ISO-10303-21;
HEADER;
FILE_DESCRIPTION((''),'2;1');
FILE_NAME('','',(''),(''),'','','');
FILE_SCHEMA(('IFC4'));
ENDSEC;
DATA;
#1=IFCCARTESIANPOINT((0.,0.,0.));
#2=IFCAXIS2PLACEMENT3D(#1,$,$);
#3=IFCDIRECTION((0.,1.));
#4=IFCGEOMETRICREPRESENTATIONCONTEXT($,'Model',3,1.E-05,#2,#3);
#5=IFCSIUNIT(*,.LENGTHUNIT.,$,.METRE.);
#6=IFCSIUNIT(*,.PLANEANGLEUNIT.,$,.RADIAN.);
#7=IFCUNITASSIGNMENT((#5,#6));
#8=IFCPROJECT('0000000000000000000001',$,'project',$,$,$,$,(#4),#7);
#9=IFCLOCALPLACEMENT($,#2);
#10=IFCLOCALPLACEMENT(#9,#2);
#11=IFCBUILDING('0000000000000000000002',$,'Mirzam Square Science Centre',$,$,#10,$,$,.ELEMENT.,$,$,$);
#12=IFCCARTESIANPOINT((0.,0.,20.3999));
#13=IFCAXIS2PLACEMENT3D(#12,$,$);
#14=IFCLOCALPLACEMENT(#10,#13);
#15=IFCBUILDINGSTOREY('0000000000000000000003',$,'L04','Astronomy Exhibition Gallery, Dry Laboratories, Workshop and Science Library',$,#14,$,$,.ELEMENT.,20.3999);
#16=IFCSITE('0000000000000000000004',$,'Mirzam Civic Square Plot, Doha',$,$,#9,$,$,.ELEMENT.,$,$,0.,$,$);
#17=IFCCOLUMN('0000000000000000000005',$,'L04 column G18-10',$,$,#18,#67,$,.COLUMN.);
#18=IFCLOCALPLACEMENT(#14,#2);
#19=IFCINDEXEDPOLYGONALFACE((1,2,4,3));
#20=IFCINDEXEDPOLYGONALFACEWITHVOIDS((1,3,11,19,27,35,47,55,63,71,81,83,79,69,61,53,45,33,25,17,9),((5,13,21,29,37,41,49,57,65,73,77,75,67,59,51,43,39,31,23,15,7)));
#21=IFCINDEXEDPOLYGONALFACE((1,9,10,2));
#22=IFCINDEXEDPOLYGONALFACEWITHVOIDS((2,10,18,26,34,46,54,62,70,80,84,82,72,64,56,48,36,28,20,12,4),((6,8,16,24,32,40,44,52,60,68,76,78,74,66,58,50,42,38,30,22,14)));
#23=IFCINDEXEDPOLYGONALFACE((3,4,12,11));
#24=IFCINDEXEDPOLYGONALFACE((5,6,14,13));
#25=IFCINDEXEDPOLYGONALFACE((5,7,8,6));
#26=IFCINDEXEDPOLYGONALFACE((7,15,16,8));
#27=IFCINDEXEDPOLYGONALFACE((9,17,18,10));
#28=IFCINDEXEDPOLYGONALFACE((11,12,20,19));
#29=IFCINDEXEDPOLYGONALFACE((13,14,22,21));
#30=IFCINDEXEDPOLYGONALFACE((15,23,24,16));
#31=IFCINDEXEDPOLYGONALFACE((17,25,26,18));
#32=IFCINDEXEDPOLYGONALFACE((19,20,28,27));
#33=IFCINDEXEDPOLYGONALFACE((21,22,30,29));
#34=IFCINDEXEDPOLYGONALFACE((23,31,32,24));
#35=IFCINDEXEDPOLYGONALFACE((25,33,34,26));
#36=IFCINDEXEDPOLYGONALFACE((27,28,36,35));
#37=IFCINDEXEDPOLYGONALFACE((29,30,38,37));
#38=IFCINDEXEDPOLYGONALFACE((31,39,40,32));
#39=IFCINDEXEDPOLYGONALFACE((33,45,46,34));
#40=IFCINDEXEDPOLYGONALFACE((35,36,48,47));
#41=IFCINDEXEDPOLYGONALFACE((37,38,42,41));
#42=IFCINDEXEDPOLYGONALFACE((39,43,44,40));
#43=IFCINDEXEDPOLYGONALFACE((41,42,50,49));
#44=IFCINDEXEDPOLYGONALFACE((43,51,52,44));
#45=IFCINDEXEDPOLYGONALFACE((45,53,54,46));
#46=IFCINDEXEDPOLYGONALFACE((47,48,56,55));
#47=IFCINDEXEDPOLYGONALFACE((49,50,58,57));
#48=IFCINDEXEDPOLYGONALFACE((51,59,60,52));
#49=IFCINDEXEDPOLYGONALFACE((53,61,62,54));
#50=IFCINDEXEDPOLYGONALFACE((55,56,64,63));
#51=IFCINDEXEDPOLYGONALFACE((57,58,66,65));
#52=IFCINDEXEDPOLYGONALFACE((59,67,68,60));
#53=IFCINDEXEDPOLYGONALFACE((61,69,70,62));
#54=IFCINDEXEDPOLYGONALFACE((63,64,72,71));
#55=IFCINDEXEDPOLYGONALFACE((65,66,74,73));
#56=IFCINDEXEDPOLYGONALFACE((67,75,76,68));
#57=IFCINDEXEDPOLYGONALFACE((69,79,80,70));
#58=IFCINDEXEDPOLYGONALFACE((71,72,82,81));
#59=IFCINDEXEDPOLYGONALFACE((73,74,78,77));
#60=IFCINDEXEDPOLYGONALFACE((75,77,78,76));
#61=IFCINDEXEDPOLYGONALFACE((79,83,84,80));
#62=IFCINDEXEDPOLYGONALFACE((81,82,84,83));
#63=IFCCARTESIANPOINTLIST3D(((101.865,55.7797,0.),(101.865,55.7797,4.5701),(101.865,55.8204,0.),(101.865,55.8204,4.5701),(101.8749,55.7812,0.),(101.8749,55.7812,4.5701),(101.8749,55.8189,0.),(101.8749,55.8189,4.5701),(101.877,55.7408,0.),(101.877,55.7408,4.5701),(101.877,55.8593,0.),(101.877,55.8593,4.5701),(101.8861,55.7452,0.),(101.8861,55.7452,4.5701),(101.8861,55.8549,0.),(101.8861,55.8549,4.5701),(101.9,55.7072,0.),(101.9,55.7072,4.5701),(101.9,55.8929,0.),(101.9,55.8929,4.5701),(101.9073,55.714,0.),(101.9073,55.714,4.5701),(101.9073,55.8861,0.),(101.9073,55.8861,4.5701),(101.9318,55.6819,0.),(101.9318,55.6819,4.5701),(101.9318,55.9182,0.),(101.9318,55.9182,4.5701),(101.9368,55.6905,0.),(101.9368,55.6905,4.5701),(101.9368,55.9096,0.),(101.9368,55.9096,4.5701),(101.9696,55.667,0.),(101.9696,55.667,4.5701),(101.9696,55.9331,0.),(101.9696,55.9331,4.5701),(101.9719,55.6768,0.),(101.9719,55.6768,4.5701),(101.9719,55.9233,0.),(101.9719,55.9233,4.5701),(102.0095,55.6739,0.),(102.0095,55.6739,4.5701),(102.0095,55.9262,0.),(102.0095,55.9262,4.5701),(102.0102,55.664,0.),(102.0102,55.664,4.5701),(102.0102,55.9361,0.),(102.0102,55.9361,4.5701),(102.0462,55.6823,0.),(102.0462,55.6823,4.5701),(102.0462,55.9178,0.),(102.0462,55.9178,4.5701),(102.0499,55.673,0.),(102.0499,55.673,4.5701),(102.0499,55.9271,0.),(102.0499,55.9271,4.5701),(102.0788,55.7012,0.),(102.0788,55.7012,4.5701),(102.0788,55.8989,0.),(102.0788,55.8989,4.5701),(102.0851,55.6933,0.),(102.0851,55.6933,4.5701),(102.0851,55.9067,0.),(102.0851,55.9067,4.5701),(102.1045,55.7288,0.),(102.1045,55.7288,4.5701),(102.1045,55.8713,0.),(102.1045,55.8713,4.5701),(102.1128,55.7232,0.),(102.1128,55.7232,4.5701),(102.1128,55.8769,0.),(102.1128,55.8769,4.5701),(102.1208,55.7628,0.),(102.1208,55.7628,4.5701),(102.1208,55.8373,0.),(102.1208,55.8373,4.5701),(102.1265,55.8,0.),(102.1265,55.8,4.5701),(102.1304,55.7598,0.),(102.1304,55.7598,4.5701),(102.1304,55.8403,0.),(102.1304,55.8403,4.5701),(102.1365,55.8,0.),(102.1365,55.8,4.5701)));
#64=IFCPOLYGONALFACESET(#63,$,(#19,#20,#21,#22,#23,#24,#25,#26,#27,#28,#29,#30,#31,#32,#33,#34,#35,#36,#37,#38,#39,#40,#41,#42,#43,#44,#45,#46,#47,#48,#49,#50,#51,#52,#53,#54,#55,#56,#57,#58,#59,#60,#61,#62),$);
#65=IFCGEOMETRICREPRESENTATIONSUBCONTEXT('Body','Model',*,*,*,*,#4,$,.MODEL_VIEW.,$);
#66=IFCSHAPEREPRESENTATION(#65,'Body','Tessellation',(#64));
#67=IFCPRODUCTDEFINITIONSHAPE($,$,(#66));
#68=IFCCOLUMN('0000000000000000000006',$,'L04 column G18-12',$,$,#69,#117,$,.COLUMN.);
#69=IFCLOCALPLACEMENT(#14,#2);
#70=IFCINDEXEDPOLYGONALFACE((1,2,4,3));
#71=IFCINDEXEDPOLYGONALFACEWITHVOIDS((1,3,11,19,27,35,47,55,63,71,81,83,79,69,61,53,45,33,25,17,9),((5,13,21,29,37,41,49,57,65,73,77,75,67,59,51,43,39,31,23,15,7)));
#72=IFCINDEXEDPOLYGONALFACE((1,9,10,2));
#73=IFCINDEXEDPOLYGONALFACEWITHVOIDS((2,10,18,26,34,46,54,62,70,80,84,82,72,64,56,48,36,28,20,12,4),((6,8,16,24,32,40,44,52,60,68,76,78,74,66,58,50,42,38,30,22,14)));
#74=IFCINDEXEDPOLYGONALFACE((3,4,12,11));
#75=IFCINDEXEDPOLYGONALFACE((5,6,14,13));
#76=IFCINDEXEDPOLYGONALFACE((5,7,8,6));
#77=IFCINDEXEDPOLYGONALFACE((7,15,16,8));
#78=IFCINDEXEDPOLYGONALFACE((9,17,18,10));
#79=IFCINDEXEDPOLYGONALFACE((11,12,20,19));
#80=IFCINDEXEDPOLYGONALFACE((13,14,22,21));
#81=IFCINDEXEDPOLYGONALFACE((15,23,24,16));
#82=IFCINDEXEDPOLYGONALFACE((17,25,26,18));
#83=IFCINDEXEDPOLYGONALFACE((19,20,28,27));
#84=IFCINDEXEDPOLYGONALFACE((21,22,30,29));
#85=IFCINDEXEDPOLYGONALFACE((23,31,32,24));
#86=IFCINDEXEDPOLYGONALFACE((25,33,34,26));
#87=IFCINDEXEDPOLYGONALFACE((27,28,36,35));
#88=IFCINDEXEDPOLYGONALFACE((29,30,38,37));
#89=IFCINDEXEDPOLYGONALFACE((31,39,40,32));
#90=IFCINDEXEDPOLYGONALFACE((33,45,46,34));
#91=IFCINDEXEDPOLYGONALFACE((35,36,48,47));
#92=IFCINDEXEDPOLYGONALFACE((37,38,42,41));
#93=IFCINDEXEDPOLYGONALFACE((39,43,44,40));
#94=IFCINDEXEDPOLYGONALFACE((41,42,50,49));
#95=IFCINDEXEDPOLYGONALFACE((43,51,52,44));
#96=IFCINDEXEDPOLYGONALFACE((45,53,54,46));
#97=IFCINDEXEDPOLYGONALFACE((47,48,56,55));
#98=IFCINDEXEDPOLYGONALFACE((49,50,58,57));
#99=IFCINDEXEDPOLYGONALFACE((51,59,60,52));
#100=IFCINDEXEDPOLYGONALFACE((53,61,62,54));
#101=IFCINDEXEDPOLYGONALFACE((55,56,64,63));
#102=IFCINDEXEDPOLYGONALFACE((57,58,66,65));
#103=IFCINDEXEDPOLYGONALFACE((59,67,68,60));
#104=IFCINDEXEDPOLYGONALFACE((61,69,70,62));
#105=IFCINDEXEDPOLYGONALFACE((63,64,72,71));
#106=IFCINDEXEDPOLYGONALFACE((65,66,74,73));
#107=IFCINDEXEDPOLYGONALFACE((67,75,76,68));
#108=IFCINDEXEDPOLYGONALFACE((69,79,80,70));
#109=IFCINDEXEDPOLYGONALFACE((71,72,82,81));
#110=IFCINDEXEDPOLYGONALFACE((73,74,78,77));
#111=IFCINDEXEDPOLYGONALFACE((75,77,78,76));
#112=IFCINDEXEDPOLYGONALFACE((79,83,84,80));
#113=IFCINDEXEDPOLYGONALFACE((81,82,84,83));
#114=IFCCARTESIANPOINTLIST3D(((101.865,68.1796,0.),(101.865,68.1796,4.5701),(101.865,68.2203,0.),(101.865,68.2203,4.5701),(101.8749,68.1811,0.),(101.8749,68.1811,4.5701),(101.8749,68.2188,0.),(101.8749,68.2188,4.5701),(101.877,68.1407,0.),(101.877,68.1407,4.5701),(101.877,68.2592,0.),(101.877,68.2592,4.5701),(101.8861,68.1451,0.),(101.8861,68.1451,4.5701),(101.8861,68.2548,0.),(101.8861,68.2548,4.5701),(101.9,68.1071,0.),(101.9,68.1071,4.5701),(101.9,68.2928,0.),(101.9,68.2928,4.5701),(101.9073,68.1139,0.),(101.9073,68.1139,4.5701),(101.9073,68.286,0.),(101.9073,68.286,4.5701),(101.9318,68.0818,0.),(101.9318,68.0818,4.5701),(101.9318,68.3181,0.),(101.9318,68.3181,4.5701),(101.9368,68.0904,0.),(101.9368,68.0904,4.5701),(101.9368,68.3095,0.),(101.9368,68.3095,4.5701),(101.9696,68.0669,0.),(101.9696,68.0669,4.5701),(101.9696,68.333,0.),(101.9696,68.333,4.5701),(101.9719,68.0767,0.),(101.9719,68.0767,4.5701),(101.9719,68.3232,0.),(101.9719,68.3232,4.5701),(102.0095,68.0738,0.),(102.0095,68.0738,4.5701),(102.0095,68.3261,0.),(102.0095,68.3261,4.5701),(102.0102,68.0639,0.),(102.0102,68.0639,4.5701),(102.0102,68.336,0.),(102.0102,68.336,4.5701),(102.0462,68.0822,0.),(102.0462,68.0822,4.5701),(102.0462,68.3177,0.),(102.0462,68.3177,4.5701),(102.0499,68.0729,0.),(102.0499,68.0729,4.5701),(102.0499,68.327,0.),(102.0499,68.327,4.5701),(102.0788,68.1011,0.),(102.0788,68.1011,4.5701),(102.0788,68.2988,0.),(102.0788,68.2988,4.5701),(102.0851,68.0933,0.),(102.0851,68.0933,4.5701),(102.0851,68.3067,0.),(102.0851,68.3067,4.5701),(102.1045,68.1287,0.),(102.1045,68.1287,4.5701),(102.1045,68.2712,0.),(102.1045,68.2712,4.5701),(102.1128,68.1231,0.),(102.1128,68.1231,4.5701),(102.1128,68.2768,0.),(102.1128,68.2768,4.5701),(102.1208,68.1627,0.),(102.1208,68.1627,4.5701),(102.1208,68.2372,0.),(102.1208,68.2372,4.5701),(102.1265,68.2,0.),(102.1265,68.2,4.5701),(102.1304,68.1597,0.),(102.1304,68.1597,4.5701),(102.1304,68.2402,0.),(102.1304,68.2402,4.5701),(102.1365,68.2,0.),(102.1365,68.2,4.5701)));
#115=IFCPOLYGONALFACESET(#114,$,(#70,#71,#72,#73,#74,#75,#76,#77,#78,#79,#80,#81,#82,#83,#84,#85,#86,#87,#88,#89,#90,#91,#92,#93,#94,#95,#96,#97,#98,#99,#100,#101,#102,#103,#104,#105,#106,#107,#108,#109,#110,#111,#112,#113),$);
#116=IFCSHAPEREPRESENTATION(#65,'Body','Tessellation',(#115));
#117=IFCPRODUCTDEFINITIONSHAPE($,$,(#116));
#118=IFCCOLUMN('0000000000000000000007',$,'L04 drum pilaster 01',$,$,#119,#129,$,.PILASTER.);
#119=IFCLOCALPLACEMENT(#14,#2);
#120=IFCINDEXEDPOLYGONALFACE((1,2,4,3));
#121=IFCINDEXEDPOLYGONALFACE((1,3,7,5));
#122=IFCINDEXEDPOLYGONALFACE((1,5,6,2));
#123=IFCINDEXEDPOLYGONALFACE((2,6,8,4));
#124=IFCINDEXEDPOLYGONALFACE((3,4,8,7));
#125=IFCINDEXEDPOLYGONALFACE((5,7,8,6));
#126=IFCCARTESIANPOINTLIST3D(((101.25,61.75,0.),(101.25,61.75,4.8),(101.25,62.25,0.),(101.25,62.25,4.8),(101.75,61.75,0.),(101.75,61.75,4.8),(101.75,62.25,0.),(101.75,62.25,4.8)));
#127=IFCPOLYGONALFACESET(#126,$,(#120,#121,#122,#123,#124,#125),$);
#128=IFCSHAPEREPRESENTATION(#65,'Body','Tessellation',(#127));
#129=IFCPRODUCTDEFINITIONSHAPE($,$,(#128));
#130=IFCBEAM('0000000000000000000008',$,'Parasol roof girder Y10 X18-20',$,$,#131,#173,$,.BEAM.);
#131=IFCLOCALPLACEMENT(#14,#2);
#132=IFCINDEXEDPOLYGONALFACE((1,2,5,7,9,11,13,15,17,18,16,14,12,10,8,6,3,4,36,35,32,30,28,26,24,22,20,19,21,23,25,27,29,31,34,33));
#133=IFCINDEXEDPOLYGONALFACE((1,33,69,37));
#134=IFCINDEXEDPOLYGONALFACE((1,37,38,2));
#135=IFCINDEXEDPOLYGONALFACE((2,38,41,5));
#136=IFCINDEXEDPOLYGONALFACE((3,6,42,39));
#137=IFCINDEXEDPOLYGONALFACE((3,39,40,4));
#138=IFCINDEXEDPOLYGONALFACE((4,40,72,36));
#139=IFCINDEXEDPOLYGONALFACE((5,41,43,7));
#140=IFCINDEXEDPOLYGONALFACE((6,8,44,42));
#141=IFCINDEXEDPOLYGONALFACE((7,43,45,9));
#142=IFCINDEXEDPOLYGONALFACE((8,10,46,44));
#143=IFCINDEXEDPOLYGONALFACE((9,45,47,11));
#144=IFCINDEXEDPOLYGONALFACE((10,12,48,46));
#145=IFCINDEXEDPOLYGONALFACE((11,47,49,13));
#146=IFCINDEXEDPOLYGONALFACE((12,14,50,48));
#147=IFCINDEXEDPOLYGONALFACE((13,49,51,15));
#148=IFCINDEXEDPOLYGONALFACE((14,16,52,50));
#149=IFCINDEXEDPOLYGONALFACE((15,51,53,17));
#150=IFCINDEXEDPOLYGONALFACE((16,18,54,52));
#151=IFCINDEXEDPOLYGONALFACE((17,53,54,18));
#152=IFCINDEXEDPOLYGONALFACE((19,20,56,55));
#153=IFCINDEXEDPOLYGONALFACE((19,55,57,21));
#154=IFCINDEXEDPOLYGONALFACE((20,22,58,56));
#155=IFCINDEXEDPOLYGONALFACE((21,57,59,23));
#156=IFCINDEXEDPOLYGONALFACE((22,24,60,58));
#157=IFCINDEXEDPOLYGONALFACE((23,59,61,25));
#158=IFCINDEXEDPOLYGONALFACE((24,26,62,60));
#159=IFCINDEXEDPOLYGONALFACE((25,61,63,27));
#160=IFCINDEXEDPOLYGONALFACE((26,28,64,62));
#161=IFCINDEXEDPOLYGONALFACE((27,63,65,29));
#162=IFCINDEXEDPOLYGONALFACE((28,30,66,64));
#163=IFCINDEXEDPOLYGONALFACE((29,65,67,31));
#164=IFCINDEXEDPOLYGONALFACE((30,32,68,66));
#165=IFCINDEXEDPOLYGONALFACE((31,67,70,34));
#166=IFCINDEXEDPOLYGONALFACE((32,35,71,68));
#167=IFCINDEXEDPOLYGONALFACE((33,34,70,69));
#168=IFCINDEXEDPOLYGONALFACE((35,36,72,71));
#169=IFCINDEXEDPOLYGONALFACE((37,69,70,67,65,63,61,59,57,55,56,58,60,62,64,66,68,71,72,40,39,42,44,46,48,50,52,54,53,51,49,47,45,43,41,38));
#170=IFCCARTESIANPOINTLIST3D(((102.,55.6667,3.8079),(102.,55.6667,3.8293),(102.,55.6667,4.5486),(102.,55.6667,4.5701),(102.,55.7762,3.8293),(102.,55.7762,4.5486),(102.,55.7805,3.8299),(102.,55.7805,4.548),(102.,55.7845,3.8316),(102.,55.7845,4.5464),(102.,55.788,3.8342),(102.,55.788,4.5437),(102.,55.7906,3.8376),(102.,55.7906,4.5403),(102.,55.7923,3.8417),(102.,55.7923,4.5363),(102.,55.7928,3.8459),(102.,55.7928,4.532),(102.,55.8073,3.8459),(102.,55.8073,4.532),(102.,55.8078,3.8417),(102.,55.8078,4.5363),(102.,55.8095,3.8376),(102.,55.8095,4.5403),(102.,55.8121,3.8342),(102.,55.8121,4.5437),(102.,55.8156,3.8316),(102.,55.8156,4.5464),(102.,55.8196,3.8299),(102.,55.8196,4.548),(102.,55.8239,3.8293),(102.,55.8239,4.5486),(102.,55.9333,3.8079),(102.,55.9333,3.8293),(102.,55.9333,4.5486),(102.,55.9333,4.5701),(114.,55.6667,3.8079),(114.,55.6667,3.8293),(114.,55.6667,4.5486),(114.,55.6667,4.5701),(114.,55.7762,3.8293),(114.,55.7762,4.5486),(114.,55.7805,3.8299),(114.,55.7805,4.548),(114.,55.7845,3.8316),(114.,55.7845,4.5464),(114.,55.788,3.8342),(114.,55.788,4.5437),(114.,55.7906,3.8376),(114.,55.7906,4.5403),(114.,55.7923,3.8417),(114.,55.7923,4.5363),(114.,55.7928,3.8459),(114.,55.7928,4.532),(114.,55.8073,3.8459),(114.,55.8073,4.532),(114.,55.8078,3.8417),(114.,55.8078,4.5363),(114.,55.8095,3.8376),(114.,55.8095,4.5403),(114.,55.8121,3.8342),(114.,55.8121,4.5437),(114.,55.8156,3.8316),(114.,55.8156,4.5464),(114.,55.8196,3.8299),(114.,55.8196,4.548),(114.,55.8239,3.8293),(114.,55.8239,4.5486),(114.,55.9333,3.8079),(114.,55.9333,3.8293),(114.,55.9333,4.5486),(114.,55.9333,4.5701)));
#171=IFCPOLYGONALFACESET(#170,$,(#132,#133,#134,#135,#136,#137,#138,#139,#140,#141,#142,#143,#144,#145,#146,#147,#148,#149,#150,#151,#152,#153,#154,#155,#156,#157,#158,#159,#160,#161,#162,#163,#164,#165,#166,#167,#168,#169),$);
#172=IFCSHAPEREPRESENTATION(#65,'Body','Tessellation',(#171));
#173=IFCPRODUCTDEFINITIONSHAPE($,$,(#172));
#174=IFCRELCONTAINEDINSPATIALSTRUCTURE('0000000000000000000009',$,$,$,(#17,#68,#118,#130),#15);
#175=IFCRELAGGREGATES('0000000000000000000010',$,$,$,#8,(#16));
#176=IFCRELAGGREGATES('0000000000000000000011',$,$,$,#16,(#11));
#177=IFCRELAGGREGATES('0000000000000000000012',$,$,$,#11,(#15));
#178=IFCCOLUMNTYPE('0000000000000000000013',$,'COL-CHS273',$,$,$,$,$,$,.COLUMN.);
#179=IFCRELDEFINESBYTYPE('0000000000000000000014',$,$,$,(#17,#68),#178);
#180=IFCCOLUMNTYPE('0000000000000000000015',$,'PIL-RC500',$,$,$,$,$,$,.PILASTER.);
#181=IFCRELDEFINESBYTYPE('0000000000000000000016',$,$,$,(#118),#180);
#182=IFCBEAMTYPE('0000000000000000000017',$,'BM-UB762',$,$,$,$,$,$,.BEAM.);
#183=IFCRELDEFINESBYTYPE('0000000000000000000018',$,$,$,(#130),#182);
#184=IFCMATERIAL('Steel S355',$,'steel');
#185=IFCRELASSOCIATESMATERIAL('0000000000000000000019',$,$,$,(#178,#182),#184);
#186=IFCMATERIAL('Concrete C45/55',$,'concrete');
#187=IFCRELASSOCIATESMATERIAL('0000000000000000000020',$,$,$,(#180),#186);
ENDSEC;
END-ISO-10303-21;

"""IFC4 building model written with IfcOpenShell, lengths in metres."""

from ifc_helpers import new_model, si_unit, direction, frame, origin, origin_2d, place, context, subcontext, project, spatial, rectangle, hollow_circle, i_section, extrude, material, material_profile, profile_set, type_object, element, save


model = new_model("IFC4")

# Units and contexts
model_context = context("Model", 3, precision=1e-05, world=origin(), true_north=direction((0.0, 1.0)))
body_context = subcontext(model_context, "Body", "Model", "MODEL_VIEW")
ifc_project = project(units=[si_unit("LENGTHUNIT", "METRE"), si_unit("PLANEANGLEUNIT", "RADIAN")], contexts=[model_context])

# Site, building, storey
site_placement = place(None, origin())
site = spatial("IfcSite", under=ifc_project, at=site_placement, Name="Mirzam Civic Square Plot, Doha", CompositionType="ELEMENT", RefElevation=0.0)
building_placement = place(site_placement, origin())
building = spatial("IfcBuilding", under=site, at=building_placement, Name="Mirzam Square Science Centre", CompositionType="ELEMENT")
storey_placement = place(building_placement, frame((0.0, 0.0, 20.3999)))
storey = spatial("IfcBuildingStorey", under=building, at=storey_placement, Name="L04", Description="Astronomy Exhibition Gallery, Dry Laboratories, Workshop and Science Library", CompositionType="ELEMENT", Elevation=20.3999)

# Columns
ifc_material_1 = material(Name="Steel S355", Category="steel")
ifc_material_profile_1 = material_profile(ifc_material_1, hollow_circle(Radius=0.1365, WallThickness=0.01, at=origin_2d()), Name="273.0x10.0CHS")
ifc_profile_set_1 = profile_set([ifc_material_profile_1], Name="Steel S355")
column_type_1 = type_object("IfcColumnType", Name="COL-CHS273", PredefinedType="COLUMN", material=ifc_profile_set_1)
for number, where, z_axis, x_axis, name in (
    (1, (102.0, 55.8, 0.0), (0.0, 0.0, 1.0), (1.0, 0.0, 0.0), "L04 column G18-10"),
    (2, (102.0, 68.2, 0.0), (0.0, 0.0, 1.0), (1.0, 0.0, 0.0), "L04 column G18-12"),
):
    element("IfcColumn", number, at=place(storey_placement, frame(where, z_axis=z_axis, x_axis=x_axis)), inside=storey, type_object=column_type_1, Name=name, PredefinedType="COLUMN", context=body_context, shape_type="SweptSolid", body=[
        extrude(hollow_circle(Radius=0.1365, WallThickness=0.01, at=origin_2d()), origin(), (0.0, 0.0, 1.0), 4.5701),
    ])
ifc_material_2 = material(Name="Concrete C45/55", Category="concrete")
ifc_material_profile_2 = material_profile(ifc_material_2, rectangle(XDim=0.5, YDim=0.5, at=origin_2d()), Name="RC500x500")
ifc_profile_set_2 = profile_set([ifc_material_profile_2], Name="Concrete C45/55")
column_type_2 = type_object("IfcColumnType", Name="PIL-RC500", PredefinedType="PILASTER", material=ifc_profile_set_2)
column_placement = place(storey_placement, frame((101.5, 62.0, 0.0), z_axis=(0.0, 0.0, 1.0), x_axis=(1.0, 0.0, 0.0)))
element("IfcColumn", 3, at=column_placement, inside=storey, type_object=column_type_2, Name="L04 drum pilaster 01", PredefinedType="PILASTER", context=body_context, shape_type="SweptSolid", body=[
    extrude(rectangle(XDim=0.5, YDim=0.5, at=origin_2d()), origin(), (0.0, 0.0, 1.0), 4.8),
])

# Beam
ifc_material_profile_3 = material_profile(ifc_material_1, i_section(OverallWidth=0.2666, OverallDepth=0.7622, WebThickness=0.0144, FlangeThickness=0.0215, FilletRadius=0.0166, at=origin_2d()), Name="762x267x173UB")
ifc_profile_set_3 = profile_set([ifc_material_profile_3], Name="Steel S355")
beam_type_1 = type_object("IfcBeamType", Name="BM-UB762", PredefinedType="BEAM", material=ifc_profile_set_3)
for number, where, z_axis, x_axis, name in (
    (4, (102.0, 55.8, 4.189), (1.0, 0.0, 0.0), (0.0, 1.0, 0.0), "Parasol roof girder Y10 X18-20"),
):
    element("IfcBeam", number, at=place(storey_placement, frame(where, z_axis=z_axis, x_axis=x_axis)), inside=storey, type_object=beam_type_1, Name=name, PredefinedType="BEAM", context=body_context, shape_type="SweptSolid", body=[
        extrude(i_section(OverallWidth=0.2666, OverallDepth=0.7622, WebThickness=0.0144, FlangeThickness=0.0215, FilletRadius=0.0166, at=origin_2d()), origin(), (0.0, 0.0, 1.0), 12.0),
    ])

save(model, "model.ifc")
